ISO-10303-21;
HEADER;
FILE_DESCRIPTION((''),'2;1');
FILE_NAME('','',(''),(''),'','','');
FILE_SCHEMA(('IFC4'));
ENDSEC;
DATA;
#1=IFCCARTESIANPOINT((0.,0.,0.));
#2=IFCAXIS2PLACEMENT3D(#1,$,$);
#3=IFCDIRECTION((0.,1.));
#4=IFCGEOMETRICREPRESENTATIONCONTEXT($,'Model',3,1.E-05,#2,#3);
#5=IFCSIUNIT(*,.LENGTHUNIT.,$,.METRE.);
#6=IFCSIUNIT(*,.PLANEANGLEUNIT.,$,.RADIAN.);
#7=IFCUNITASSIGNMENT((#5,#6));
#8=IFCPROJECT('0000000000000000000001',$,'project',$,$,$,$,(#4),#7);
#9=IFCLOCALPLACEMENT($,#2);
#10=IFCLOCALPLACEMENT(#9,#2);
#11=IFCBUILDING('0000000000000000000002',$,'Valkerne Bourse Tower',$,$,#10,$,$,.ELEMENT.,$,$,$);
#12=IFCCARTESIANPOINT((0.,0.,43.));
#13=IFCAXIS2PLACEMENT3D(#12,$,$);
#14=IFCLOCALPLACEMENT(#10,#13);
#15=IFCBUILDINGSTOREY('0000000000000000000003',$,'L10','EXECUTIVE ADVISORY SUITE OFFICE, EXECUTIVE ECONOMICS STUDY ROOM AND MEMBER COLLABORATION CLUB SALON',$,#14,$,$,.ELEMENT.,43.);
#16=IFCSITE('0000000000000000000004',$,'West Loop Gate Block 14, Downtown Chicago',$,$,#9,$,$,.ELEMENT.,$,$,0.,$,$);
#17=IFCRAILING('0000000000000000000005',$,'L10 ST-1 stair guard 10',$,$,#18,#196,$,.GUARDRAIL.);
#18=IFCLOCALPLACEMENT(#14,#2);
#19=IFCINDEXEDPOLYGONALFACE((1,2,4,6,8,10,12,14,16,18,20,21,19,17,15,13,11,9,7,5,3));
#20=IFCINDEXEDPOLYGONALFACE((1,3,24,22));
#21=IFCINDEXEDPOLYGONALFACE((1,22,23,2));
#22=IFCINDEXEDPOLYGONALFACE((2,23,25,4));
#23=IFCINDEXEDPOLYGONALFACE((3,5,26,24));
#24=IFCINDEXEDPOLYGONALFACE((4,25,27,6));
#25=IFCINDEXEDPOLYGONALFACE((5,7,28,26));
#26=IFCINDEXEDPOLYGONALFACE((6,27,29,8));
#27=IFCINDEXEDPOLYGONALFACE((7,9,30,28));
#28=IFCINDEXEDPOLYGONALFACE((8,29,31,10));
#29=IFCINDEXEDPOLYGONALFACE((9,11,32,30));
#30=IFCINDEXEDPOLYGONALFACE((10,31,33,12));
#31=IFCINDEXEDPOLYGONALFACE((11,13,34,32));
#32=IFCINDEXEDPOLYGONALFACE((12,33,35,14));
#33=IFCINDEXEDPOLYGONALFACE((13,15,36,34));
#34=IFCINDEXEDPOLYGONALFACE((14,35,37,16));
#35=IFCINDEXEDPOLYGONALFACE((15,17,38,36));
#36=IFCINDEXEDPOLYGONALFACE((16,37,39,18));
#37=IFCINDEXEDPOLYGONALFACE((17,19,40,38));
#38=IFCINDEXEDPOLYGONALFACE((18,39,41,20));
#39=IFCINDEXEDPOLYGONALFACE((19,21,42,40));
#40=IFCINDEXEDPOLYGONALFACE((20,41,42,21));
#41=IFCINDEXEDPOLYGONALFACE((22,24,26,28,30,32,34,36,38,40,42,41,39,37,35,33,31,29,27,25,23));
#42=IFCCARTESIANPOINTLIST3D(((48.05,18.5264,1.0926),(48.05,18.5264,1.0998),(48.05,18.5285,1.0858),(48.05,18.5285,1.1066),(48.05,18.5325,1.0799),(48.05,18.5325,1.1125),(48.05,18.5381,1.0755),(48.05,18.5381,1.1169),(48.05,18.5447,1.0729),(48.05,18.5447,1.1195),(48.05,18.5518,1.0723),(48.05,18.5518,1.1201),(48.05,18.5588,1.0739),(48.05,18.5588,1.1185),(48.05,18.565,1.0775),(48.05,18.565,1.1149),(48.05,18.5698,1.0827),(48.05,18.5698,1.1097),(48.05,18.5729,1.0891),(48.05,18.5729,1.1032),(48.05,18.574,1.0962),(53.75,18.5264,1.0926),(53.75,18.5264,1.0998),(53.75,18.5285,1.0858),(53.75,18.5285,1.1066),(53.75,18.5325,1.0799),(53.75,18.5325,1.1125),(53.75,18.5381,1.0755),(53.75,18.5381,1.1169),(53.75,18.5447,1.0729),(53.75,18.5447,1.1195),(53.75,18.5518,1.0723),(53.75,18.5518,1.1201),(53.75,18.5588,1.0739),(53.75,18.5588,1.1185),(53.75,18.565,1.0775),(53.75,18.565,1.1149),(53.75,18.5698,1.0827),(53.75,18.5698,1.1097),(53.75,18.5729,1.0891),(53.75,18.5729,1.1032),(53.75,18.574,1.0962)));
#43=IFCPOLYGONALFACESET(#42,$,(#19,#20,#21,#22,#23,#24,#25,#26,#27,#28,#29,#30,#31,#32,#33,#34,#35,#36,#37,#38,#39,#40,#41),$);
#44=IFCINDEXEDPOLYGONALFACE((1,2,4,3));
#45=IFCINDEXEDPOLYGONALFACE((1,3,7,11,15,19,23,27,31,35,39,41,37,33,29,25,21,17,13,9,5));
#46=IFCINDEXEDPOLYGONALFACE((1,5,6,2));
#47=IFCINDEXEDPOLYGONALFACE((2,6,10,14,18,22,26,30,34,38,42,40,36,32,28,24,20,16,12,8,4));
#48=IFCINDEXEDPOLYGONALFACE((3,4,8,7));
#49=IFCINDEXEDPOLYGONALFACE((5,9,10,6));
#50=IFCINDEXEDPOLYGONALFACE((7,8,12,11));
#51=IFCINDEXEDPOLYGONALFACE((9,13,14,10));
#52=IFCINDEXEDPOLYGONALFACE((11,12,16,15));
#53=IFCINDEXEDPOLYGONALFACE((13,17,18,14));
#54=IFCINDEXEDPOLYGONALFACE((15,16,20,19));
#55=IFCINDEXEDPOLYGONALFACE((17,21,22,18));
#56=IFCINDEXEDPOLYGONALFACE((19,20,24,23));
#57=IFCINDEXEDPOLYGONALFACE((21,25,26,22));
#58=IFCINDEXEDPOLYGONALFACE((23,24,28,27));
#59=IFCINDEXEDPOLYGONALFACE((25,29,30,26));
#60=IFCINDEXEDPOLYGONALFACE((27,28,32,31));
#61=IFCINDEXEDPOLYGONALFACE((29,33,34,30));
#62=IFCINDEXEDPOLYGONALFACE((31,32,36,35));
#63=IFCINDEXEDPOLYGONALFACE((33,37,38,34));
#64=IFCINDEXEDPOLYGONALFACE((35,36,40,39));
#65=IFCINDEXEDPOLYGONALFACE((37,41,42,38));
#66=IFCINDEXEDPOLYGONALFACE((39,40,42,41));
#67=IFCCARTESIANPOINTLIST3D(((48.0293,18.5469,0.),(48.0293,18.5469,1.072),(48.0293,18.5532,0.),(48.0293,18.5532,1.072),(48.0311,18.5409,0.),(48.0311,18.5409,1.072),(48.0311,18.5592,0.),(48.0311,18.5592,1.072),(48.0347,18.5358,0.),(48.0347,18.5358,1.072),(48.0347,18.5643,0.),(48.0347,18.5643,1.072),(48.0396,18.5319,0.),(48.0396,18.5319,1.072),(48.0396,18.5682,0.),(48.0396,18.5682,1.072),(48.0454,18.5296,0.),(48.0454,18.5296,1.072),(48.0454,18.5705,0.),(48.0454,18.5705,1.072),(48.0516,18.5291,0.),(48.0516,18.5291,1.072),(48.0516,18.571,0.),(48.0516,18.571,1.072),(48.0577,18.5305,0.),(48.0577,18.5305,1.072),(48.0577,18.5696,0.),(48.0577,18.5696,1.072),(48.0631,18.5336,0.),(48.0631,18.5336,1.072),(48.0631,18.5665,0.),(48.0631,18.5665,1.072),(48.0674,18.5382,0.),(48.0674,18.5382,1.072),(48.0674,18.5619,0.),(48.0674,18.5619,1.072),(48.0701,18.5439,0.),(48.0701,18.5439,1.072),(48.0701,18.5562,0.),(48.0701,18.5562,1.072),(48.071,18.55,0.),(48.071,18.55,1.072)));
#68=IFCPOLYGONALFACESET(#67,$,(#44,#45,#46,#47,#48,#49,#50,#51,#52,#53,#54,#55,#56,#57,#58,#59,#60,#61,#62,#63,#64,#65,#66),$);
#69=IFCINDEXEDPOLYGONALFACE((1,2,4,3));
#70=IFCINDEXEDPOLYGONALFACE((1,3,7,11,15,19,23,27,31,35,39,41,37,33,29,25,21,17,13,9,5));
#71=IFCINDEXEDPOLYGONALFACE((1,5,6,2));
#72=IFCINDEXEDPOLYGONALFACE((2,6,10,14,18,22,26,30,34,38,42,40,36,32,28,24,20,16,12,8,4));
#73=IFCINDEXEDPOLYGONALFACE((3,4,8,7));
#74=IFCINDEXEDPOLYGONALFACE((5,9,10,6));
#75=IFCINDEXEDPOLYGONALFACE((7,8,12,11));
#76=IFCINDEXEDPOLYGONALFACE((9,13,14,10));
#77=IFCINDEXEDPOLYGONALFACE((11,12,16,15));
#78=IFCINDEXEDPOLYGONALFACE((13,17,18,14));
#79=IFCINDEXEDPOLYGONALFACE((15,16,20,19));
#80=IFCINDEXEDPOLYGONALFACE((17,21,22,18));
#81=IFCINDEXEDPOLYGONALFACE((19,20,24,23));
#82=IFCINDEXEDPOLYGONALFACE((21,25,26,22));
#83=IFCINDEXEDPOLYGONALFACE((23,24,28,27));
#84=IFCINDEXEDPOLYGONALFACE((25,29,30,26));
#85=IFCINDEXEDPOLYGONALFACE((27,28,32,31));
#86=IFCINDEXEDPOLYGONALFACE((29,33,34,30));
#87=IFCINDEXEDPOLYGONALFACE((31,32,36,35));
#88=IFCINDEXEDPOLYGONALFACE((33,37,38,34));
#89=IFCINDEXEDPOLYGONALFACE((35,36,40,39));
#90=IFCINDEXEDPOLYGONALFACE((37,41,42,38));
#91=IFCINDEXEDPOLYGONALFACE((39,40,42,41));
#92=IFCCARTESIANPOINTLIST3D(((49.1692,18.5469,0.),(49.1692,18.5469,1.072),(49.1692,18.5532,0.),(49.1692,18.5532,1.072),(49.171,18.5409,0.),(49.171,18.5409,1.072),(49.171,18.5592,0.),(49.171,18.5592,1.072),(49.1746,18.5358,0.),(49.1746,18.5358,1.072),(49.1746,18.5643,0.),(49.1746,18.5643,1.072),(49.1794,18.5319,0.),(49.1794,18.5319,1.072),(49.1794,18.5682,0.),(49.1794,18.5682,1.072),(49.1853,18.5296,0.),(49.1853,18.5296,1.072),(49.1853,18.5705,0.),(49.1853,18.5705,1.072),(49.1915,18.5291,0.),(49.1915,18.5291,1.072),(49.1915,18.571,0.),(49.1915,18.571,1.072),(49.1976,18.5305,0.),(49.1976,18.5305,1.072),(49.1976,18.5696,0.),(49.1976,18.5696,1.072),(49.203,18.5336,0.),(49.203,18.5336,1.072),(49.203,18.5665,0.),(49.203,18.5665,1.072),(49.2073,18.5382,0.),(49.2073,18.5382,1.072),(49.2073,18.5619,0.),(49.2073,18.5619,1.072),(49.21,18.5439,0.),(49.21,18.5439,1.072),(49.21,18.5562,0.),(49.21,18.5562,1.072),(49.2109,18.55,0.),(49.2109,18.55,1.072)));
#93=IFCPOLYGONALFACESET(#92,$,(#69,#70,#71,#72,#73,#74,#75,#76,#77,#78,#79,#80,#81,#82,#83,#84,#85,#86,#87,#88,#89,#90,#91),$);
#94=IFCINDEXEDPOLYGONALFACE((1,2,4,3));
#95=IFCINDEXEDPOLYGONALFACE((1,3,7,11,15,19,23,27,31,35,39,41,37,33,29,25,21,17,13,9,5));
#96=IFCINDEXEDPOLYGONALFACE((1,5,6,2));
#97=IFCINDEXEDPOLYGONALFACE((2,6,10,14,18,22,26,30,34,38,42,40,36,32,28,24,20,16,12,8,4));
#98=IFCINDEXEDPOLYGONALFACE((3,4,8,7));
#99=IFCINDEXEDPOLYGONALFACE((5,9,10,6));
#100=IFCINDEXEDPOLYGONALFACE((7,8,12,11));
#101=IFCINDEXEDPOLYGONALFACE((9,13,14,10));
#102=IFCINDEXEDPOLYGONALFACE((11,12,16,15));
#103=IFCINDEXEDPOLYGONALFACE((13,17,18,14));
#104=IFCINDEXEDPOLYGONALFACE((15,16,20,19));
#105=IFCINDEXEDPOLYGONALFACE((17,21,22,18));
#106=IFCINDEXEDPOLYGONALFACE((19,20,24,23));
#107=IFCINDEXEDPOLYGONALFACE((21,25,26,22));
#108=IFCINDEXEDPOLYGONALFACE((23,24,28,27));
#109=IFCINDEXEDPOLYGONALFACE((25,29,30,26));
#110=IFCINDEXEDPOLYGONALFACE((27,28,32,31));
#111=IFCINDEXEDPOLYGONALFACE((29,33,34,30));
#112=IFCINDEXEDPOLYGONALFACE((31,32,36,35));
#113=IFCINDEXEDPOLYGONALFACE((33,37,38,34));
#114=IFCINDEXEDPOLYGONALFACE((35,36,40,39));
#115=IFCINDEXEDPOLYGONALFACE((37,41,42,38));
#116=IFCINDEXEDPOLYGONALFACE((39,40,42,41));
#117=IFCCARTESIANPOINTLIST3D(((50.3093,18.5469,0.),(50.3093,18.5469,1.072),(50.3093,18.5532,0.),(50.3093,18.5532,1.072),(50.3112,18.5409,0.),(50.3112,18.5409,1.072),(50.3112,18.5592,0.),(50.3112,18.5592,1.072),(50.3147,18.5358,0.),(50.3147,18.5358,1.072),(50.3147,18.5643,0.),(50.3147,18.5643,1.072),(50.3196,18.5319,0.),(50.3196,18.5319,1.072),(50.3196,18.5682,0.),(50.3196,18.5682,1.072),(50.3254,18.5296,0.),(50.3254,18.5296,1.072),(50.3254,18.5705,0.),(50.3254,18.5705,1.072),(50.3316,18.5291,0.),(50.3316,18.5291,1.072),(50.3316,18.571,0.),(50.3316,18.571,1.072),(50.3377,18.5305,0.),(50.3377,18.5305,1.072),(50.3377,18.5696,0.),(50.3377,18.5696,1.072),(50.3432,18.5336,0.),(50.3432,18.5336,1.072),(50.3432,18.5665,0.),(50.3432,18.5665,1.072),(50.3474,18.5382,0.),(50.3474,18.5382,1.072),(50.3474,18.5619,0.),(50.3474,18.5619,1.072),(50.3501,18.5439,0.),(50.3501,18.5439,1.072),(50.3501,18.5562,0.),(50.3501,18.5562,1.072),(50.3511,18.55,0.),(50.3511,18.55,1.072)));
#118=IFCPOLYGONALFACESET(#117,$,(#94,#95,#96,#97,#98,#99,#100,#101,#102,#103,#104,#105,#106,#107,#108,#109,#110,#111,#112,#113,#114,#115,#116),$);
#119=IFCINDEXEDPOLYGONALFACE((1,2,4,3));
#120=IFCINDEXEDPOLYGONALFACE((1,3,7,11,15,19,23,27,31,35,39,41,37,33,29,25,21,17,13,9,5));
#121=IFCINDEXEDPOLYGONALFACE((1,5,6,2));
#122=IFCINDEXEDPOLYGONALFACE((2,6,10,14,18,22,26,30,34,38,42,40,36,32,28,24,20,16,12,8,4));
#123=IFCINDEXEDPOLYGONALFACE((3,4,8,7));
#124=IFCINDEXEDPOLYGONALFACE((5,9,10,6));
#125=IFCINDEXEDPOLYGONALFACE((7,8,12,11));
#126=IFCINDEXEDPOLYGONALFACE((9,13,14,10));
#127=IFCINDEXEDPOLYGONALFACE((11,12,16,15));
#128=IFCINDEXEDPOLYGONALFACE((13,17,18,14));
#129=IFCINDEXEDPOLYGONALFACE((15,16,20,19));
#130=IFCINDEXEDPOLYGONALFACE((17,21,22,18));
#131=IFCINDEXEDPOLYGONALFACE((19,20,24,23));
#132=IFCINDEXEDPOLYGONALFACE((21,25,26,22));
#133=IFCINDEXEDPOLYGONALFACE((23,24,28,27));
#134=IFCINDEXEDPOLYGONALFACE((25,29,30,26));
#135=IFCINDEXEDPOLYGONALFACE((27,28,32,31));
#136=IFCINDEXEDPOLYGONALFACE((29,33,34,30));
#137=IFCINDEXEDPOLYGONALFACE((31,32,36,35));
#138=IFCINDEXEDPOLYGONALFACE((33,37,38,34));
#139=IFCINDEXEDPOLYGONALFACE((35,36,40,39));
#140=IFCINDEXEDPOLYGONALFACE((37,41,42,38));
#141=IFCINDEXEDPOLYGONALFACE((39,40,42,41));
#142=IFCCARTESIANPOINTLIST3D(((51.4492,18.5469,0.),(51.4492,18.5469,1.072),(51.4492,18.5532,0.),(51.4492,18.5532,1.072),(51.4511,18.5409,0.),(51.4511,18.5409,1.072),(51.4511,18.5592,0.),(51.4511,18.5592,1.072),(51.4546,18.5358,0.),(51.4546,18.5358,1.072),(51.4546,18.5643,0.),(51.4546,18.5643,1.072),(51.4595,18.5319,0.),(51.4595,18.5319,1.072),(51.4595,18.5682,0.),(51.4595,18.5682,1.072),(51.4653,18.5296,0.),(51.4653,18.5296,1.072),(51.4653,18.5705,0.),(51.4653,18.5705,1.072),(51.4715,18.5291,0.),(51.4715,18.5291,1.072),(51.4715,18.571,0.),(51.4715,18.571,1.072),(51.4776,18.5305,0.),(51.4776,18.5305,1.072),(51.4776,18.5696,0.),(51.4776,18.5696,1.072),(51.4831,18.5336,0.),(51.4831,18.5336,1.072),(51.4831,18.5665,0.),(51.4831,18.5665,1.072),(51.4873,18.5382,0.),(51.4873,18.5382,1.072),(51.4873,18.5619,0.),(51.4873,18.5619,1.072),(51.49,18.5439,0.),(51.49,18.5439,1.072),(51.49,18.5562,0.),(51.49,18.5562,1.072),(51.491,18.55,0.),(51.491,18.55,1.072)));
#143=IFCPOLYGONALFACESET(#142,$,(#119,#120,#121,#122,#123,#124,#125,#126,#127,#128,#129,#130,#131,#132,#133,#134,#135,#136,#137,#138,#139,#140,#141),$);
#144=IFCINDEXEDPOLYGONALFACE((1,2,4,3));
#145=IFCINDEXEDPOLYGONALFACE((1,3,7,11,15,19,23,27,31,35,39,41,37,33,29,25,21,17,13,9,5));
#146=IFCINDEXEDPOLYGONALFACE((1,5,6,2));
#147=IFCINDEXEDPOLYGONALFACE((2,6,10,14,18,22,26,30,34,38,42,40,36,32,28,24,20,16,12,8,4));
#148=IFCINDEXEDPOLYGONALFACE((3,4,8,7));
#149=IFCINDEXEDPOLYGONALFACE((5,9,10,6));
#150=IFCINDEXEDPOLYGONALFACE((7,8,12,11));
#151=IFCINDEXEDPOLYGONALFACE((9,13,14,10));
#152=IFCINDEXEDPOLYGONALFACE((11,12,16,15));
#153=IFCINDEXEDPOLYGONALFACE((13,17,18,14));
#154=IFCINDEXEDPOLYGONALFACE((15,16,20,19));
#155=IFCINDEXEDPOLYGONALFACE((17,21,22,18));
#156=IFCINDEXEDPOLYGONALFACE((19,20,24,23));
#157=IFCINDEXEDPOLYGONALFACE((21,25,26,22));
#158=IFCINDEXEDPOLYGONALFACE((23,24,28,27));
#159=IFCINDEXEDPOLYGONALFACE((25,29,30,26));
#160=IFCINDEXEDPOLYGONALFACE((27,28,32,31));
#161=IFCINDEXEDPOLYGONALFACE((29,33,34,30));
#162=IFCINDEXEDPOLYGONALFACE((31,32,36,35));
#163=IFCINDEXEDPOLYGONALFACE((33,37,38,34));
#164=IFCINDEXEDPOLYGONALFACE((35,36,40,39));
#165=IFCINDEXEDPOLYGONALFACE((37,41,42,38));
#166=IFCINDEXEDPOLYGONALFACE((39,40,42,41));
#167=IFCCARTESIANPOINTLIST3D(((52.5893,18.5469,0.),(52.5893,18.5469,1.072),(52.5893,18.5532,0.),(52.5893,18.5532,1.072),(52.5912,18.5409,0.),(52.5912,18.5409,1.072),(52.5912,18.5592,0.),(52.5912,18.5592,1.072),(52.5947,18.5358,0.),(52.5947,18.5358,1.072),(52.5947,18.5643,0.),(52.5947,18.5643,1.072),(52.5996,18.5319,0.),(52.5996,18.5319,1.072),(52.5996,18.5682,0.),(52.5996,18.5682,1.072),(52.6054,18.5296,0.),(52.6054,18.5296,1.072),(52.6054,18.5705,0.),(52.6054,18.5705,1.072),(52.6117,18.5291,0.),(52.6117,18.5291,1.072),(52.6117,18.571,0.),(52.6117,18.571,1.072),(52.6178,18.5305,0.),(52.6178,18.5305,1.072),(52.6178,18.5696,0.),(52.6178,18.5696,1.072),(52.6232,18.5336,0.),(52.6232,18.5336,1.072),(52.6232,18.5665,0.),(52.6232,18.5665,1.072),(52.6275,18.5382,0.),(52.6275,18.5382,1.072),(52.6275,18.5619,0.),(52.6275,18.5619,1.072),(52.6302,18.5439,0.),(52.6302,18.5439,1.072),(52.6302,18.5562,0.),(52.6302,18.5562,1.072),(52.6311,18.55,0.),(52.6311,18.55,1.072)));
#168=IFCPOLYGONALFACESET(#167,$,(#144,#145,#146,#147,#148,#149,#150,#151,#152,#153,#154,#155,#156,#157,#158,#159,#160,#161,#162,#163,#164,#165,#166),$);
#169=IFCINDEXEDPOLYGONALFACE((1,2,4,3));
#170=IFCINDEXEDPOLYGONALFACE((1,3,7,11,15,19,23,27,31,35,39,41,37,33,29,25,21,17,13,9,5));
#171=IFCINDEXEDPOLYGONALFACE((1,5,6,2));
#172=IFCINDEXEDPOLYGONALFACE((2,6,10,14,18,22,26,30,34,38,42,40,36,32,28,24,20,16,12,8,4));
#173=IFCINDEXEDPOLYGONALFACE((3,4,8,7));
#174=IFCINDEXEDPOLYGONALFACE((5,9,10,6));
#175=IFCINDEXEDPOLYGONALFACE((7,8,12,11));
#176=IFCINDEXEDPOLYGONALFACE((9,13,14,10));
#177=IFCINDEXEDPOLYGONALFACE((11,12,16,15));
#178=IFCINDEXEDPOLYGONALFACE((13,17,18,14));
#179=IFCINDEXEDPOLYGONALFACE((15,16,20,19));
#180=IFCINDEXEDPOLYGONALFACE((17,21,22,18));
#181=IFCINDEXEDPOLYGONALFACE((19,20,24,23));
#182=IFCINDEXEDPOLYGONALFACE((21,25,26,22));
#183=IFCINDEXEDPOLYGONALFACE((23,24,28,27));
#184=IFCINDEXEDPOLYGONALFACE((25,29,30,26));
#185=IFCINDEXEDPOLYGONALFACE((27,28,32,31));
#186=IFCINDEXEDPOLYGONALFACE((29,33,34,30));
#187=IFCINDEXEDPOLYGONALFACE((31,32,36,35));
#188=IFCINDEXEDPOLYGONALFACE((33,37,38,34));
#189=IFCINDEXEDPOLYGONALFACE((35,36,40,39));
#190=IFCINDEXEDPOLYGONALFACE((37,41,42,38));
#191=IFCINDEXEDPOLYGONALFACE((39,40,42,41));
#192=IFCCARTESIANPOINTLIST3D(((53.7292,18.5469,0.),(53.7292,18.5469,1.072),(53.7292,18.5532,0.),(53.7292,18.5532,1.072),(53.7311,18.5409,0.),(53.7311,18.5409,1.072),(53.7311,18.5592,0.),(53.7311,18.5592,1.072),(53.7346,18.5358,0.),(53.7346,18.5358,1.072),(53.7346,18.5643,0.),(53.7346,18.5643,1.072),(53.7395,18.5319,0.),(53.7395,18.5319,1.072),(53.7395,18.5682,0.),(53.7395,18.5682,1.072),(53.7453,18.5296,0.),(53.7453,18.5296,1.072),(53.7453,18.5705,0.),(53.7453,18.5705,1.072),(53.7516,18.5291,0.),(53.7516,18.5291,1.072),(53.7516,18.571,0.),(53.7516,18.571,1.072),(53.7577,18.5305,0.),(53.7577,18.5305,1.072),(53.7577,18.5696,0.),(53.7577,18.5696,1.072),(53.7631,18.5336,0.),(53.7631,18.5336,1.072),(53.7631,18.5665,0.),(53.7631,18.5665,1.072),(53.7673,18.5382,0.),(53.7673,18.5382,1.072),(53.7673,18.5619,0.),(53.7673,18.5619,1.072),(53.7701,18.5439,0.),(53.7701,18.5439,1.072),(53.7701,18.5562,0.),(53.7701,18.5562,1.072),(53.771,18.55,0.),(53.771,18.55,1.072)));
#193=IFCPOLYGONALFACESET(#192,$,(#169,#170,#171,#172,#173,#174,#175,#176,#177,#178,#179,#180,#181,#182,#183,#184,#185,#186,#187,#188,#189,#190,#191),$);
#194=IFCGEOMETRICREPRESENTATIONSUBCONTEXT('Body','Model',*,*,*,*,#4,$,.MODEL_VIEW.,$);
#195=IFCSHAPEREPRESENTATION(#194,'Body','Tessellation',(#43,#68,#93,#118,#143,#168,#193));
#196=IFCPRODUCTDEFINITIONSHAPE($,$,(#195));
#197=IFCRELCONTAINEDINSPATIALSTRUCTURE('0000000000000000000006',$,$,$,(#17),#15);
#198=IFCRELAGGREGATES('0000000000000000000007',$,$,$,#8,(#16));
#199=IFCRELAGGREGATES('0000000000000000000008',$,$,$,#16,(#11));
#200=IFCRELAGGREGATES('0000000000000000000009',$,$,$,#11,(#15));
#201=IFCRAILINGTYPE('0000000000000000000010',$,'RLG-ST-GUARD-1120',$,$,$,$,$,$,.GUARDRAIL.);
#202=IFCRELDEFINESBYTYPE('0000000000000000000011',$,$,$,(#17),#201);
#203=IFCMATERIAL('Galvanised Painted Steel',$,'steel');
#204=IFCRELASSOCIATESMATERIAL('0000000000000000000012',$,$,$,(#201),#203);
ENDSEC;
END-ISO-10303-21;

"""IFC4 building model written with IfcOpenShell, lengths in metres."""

from ifc_helpers import new_model, si_unit, direction, frame, origin, origin_2d, place, context, subcontext, project, spatial, circle, extrude, material, type_object, element, save


model = new_model("IFC4")

# Units and contexts
model_context = context("Model", 3, precision=1e-05, world=origin(), true_north=direction((0.0, 1.0)))
body_context = subcontext(model_context, "Body", "Model", "MODEL_VIEW")
ifc_project = project(units=[si_unit("LENGTHUNIT", "METRE"), si_unit("PLANEANGLEUNIT", "RADIAN")], contexts=[model_context])

# Site, building, storey
site_placement = place(None, origin())
site = spatial("IfcSite", under=ifc_project, at=site_placement, Name="West Loop Gate Block 14, Downtown Chicago", CompositionType="ELEMENT", RefElevation=0.0)
building_placement = place(site_placement, origin())
building = spatial("IfcBuilding", under=site, at=building_placement, Name="Valkerne Bourse Tower", CompositionType="ELEMENT")
storey_placement = place(building_placement, frame((0.0, 0.0, 43.0)))
storey = spatial("IfcBuildingStorey", under=building, at=storey_placement, Name="L10", Description="EXECUTIVE ADVISORY SUITE OFFICE, EXECUTIVE ECONOMICS STUDY ROOM AND MEMBER COLLABORATION CLUB SALON", CompositionType="ELEMENT", Elevation=43.0)

# Shared definitions
ifc_material_1 = material(Name="Galvanised Painted Steel", Category="steel")

# Railing
railing_type_1 = type_object("IfcRailingType", Name="RLG-ST-GUARD-1120", PredefinedType="GUARDRAIL", material=ifc_material_1)
for number, where, name in (
    (1, (48.05, 18.55, 0.0), "L10 ST-1 stair guard 10"),
):
    element("IfcRailing", number, at=place(storey_placement, frame(where)), inside=storey, type_object=railing_type_1, Name=name, PredefinedType="GUARDRAIL", context=body_context, shape_type="SweptSolid", body=[
        extrude(circle(Radius=0.0239, at=origin_2d()), frame((0.0, 0.0, 1.0962), z_axis=(1.0, 0.0, 0.0), x_axis=(0.0, 1.0, 0.0)), (0.0, 0.0, 1.0), 5.7),
        extrude(circle(Radius=0.021, at=origin_2d()), origin(), (0.0, 0.0, 1.0), 1.072),
        extrude(circle(Radius=0.021, at=origin_2d()), frame((1.1399, 0.0, 0.0)), (0.0, 0.0, 1.0), 1.072),
        extrude(circle(Radius=0.021, at=origin_2d()), frame((2.28, 0.0, 0.0)), (0.0, 0.0, 1.0), 1.072),
        extrude(circle(Radius=0.021, at=origin_2d()), frame((3.4199, 0.0, 0.0)), (0.0, 0.0, 1.0), 1.072),
        extrude(circle(Radius=0.021, at=origin_2d()), frame((4.5601, 0.0, 0.0)), (0.0, 0.0, 1.0), 1.072),
        extrude(circle(Radius=0.021, at=origin_2d()), frame((5.7, 0.0, 0.0)), (0.0, 0.0, 1.0), 1.072),
    ])

save(model, "model.ifc")
